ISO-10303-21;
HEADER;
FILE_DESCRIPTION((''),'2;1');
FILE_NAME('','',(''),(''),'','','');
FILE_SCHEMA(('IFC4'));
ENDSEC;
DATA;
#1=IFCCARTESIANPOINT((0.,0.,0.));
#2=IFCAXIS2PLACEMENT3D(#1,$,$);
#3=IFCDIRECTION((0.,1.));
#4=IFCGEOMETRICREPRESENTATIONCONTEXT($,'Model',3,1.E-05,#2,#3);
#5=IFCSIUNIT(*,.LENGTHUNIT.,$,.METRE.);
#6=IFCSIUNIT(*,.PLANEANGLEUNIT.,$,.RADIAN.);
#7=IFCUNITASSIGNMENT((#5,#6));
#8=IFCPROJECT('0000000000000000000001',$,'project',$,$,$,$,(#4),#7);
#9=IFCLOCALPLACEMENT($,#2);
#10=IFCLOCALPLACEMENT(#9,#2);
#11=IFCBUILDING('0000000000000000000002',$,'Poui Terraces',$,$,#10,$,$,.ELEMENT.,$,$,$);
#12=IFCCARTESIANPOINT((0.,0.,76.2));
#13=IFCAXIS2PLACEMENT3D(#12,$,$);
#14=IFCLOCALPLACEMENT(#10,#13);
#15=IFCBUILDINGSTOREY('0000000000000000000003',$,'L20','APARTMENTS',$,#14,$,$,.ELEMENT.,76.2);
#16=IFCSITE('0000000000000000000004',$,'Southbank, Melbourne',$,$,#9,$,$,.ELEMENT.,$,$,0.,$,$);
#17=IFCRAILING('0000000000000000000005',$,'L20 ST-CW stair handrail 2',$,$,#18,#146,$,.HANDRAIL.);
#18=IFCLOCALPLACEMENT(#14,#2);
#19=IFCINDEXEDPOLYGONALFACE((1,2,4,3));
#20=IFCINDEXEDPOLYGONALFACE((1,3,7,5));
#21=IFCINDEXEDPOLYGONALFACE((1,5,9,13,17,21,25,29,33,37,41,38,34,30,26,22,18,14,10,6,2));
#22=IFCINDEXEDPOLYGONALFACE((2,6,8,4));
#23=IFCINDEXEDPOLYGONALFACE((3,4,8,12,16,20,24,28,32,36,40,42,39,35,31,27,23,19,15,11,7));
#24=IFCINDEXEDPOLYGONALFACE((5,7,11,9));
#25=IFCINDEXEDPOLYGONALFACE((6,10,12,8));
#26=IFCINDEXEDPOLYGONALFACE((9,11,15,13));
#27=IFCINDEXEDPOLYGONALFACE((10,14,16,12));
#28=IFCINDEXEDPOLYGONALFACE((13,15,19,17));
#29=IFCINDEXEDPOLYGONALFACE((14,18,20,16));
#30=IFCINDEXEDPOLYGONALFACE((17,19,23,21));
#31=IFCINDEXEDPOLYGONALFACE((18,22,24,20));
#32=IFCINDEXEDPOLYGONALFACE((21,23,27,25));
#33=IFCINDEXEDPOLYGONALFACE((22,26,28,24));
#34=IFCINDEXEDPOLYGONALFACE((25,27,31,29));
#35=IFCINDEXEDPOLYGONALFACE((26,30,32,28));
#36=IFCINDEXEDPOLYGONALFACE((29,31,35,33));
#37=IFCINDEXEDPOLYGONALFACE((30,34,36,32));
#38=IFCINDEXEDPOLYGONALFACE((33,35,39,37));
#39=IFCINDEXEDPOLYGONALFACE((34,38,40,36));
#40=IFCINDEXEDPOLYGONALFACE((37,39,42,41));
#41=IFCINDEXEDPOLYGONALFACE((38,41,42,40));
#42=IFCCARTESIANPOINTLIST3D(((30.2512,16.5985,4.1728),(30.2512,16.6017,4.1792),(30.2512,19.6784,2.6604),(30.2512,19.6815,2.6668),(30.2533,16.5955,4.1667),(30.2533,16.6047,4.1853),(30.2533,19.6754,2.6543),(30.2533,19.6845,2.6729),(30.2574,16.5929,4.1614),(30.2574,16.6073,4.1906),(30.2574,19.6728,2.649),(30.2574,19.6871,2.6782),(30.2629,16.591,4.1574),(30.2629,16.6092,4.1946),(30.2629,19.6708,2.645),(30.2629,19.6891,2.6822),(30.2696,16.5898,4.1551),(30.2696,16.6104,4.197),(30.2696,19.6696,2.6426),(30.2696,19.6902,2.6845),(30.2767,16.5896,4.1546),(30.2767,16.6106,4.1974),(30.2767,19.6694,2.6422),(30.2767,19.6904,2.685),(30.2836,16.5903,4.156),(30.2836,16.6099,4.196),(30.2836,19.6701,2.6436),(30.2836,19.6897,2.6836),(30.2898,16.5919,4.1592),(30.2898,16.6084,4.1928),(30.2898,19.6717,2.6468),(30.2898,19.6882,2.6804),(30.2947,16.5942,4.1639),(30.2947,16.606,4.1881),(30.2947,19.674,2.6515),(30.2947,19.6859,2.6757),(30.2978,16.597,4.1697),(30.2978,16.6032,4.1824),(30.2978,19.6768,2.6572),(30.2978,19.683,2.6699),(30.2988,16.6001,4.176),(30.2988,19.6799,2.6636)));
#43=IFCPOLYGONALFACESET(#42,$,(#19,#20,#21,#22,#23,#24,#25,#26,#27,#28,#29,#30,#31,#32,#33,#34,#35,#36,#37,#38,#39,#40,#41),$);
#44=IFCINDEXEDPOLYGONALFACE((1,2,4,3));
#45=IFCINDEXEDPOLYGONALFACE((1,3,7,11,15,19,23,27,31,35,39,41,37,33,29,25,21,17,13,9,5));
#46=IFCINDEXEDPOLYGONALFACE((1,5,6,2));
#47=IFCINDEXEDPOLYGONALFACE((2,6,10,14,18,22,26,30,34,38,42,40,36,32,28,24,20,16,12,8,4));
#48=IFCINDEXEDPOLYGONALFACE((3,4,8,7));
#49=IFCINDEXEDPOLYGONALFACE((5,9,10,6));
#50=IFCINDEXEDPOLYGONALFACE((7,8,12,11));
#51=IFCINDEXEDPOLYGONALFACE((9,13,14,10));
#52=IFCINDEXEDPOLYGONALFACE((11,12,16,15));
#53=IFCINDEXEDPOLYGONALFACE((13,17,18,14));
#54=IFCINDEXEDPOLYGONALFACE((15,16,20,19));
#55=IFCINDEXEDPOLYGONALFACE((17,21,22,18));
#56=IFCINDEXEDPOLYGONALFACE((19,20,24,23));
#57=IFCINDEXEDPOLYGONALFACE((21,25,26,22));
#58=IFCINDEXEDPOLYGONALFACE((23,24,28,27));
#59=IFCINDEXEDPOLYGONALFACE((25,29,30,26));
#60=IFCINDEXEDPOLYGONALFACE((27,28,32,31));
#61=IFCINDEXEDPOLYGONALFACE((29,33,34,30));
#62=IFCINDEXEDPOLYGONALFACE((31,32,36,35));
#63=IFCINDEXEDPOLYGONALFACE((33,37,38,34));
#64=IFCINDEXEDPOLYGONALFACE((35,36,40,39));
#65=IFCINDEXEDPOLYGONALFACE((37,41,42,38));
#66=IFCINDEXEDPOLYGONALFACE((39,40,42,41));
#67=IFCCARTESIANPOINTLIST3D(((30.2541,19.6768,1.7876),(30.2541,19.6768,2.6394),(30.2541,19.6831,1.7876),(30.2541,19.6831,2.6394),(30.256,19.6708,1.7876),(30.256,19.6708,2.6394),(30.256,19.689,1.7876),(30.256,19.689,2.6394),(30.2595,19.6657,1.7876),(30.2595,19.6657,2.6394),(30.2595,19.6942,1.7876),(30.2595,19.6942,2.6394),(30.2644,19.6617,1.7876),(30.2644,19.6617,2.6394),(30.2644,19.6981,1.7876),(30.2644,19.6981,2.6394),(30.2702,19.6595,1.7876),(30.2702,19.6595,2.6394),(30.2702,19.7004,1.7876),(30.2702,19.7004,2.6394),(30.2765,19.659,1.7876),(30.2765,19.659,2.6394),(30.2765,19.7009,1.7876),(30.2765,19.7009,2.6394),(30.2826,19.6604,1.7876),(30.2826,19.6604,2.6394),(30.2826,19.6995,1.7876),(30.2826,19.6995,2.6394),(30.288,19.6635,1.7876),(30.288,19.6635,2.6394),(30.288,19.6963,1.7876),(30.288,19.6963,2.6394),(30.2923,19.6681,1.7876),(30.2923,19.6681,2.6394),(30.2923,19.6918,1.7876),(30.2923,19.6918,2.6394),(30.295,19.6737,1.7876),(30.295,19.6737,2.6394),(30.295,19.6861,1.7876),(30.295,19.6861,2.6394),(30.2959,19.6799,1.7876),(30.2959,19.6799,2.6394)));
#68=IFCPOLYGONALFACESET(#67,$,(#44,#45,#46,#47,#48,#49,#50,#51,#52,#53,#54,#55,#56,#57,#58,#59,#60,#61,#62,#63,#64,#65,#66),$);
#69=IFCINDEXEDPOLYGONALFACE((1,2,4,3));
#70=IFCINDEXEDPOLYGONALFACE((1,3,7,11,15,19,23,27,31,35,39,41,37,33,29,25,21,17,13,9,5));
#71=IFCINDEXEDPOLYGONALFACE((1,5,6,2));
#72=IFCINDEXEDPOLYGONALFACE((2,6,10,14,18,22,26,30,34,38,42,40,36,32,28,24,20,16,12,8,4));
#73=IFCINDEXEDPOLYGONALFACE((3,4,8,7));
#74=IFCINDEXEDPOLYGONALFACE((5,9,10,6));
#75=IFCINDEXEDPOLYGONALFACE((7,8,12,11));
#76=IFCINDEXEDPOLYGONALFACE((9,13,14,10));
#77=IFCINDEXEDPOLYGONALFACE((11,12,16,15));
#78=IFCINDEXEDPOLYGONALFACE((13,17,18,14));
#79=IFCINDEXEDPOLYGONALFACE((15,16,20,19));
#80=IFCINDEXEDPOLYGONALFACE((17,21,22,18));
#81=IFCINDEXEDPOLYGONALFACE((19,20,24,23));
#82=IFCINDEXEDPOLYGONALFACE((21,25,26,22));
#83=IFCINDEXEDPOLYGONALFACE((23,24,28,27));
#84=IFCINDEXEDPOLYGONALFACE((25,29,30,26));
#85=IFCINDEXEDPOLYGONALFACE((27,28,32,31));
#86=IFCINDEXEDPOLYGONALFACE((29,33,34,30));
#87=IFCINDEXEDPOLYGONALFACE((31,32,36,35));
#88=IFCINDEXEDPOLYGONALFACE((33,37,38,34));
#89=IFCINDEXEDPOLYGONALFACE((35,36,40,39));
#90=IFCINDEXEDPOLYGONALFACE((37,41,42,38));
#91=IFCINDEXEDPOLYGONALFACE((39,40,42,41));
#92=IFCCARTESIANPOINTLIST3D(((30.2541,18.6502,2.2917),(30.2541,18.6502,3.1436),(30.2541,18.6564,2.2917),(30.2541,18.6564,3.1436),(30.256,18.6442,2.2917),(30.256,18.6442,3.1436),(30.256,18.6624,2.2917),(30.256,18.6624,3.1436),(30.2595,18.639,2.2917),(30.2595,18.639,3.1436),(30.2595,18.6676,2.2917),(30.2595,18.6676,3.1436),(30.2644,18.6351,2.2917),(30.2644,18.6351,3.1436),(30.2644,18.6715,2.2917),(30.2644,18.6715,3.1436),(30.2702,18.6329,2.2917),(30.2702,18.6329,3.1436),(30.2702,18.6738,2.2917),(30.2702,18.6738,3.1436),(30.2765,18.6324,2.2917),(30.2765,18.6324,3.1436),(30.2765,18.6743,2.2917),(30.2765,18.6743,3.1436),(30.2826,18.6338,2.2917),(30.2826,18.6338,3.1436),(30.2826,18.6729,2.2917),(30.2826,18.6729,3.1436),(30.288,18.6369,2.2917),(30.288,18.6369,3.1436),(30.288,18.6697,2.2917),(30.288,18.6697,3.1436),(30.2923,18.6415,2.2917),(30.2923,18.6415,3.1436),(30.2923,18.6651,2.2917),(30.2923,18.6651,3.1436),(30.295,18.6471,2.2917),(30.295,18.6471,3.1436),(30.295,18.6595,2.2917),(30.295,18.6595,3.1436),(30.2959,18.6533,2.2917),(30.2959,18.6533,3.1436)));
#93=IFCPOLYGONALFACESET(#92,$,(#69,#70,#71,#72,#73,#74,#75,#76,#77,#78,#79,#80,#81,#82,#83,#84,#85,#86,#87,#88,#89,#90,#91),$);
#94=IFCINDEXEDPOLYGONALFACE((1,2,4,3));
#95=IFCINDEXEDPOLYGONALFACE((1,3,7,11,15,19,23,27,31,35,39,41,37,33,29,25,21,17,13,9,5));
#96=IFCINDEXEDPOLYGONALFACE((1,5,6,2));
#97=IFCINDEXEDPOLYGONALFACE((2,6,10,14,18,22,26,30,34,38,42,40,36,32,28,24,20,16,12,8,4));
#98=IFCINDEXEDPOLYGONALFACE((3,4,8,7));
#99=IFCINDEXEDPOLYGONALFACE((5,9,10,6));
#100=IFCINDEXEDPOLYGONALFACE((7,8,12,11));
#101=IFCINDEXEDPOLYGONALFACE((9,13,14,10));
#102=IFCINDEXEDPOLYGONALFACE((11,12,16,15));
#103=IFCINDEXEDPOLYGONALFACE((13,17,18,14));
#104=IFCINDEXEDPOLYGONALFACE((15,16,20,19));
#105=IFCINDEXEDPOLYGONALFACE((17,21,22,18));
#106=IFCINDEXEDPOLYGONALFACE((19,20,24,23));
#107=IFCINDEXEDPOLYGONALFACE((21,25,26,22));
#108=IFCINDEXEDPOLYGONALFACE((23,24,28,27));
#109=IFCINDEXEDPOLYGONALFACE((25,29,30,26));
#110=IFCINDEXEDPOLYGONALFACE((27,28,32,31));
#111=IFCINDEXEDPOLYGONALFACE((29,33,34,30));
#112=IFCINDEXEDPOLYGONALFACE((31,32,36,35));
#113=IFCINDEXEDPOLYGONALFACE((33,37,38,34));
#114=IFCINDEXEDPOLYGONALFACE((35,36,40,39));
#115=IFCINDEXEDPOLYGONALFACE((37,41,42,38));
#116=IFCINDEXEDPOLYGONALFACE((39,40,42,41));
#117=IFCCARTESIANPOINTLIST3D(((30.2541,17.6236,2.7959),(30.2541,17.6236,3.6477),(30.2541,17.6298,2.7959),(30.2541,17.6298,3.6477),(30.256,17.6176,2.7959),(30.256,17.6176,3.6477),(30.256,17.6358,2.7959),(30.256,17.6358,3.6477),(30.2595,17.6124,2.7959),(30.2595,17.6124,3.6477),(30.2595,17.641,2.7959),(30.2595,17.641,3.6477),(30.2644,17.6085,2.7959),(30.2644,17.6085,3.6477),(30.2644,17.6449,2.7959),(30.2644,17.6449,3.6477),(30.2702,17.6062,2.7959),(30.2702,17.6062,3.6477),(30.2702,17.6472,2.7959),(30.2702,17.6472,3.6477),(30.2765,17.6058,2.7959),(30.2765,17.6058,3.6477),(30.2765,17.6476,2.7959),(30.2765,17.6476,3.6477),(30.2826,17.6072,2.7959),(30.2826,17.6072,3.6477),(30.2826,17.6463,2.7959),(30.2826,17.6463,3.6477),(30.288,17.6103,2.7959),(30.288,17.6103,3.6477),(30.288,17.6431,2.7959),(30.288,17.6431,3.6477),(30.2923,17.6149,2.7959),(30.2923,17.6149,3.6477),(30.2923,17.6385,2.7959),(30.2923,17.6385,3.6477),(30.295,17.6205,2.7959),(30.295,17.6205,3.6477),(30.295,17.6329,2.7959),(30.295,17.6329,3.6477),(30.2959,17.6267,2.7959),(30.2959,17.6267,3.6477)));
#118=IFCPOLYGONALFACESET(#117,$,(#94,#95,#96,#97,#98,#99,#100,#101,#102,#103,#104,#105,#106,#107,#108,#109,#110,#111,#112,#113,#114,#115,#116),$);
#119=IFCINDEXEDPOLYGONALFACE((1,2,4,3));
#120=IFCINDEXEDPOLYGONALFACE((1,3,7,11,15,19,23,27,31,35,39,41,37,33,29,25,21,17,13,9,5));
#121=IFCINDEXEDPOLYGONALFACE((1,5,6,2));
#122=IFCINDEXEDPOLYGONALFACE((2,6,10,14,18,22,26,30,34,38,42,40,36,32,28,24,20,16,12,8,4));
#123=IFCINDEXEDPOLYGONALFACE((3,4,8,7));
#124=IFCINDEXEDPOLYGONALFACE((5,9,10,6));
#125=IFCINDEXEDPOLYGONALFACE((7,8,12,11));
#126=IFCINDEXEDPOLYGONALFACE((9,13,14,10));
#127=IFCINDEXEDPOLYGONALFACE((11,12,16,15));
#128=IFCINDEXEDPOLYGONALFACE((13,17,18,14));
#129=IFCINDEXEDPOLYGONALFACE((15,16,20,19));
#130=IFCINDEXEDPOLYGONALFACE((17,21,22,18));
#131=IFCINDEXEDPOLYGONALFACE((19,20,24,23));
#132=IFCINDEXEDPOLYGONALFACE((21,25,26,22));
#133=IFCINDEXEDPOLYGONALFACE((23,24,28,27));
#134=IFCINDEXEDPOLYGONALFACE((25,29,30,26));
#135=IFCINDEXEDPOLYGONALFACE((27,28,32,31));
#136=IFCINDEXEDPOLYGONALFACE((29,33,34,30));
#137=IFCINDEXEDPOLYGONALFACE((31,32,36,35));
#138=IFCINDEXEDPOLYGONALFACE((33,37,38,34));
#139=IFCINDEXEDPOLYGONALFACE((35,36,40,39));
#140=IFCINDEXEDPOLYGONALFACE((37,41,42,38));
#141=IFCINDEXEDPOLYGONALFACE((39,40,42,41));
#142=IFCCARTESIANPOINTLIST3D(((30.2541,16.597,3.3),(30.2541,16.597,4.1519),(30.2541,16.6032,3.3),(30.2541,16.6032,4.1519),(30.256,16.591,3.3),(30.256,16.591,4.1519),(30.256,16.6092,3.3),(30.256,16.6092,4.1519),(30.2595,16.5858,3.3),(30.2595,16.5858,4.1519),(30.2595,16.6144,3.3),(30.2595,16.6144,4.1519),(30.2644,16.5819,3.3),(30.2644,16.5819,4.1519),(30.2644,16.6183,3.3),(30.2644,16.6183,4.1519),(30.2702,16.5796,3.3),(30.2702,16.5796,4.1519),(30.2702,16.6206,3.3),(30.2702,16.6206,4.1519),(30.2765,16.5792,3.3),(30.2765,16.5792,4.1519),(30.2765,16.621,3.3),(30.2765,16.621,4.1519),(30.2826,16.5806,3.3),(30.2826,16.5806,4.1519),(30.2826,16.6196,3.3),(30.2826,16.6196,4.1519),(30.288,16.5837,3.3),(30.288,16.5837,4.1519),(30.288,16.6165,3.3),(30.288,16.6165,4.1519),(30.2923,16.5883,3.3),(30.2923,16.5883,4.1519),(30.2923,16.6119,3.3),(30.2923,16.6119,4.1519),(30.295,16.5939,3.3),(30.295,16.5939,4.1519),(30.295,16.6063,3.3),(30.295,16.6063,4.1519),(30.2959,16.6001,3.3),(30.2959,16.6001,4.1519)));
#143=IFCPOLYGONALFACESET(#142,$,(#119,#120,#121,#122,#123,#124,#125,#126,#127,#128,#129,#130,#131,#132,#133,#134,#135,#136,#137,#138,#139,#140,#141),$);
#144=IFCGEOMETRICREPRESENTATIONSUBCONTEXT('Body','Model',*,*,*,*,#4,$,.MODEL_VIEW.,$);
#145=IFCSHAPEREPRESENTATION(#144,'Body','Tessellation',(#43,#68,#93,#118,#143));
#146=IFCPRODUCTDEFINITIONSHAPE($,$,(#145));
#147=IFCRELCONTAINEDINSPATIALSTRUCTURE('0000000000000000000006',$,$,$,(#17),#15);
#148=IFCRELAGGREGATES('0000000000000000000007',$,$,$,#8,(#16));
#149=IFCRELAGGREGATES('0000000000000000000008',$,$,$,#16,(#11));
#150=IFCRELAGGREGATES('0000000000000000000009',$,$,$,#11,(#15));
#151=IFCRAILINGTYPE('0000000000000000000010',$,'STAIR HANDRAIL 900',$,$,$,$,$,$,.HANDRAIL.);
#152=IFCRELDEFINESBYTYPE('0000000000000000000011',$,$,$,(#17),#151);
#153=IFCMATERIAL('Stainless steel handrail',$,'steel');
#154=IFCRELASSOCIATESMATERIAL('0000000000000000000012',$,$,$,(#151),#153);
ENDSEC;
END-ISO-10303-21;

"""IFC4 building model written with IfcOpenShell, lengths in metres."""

from ifc_helpers import new_model, si_unit, direction, frame, origin, origin_2d, place, context, subcontext, project, spatial, circle, extrude, material, type_object, element, save


model = new_model("IFC4")

# Units and contexts
model_context = context("Model", 3, precision=1e-05, world=origin(), true_north=direction((0.0, 1.0)))
body_context = subcontext(model_context, "Body", "Model", "MODEL_VIEW")
ifc_project = project(units=[si_unit("LENGTHUNIT", "METRE"), si_unit("PLANEANGLEUNIT", "RADIAN")], contexts=[model_context])

# Site, building, storey
site_placement = place(None, origin())
site = spatial("IfcSite", under=ifc_project, at=site_placement, Name="Southbank, Melbourne", CompositionType="ELEMENT", RefElevation=0.0)
building_placement = place(site_placement, origin())
building = spatial("IfcBuilding", under=site, at=building_placement, Name="Poui Terraces", CompositionType="ELEMENT")
storey_placement = place(building_placement, frame((0.0, 0.0, 76.2)))
storey = spatial("IfcBuildingStorey", under=building, at=storey_placement, Name="L20", Description="APARTMENTS", CompositionType="ELEMENT", Elevation=76.2)

# Railing
ifc_material_1 = material(Name="Stainless steel handrail", Category="steel")
railing_type_1 = type_object("IfcRailingType", Name="STAIR HANDRAIL 900", PredefinedType="HANDRAIL", material=ifc_material_1)
railing_1_placement = place(storey_placement, frame((30.2749, 19.6799, 1.7876)))
element("IfcRailing", 1, at=railing_1_placement, inside=storey, type_object=railing_type_1, Name="L20 ST-CW stair handrail 2", PredefinedType="HANDRAIL", context=body_context, shape_type="SweptSolid", body=[
    extrude(circle(Radius=0.0239, at=origin_2d()), frame((0.0, 0.0, 0.876), z_axis=(0.0, -0.897606, 0.440798), x_axis=(1.0, 0.0, 0.0)), (0.0, 0.0, 1.0), 3.4312),
    extrude(circle(Radius=0.021, at=origin_2d()), origin(), (0.0, 0.0, 1.0), 0.8518),
    extrude(circle(Radius=0.021, at=origin_2d()), frame((0.0, -1.0266, 0.5042)), (0.0, 0.0, 1.0), 0.8518),
    extrude(circle(Radius=0.021, at=origin_2d()), frame((0.0, -2.0532, 1.0083)), (0.0, 0.0, 1.0), 0.8518),
    extrude(circle(Radius=0.021, at=origin_2d()), frame((0.0, -3.0798, 1.5125)), (0.0, 0.0, 1.0), 0.8518),
])

save(model, "model.ifc")
